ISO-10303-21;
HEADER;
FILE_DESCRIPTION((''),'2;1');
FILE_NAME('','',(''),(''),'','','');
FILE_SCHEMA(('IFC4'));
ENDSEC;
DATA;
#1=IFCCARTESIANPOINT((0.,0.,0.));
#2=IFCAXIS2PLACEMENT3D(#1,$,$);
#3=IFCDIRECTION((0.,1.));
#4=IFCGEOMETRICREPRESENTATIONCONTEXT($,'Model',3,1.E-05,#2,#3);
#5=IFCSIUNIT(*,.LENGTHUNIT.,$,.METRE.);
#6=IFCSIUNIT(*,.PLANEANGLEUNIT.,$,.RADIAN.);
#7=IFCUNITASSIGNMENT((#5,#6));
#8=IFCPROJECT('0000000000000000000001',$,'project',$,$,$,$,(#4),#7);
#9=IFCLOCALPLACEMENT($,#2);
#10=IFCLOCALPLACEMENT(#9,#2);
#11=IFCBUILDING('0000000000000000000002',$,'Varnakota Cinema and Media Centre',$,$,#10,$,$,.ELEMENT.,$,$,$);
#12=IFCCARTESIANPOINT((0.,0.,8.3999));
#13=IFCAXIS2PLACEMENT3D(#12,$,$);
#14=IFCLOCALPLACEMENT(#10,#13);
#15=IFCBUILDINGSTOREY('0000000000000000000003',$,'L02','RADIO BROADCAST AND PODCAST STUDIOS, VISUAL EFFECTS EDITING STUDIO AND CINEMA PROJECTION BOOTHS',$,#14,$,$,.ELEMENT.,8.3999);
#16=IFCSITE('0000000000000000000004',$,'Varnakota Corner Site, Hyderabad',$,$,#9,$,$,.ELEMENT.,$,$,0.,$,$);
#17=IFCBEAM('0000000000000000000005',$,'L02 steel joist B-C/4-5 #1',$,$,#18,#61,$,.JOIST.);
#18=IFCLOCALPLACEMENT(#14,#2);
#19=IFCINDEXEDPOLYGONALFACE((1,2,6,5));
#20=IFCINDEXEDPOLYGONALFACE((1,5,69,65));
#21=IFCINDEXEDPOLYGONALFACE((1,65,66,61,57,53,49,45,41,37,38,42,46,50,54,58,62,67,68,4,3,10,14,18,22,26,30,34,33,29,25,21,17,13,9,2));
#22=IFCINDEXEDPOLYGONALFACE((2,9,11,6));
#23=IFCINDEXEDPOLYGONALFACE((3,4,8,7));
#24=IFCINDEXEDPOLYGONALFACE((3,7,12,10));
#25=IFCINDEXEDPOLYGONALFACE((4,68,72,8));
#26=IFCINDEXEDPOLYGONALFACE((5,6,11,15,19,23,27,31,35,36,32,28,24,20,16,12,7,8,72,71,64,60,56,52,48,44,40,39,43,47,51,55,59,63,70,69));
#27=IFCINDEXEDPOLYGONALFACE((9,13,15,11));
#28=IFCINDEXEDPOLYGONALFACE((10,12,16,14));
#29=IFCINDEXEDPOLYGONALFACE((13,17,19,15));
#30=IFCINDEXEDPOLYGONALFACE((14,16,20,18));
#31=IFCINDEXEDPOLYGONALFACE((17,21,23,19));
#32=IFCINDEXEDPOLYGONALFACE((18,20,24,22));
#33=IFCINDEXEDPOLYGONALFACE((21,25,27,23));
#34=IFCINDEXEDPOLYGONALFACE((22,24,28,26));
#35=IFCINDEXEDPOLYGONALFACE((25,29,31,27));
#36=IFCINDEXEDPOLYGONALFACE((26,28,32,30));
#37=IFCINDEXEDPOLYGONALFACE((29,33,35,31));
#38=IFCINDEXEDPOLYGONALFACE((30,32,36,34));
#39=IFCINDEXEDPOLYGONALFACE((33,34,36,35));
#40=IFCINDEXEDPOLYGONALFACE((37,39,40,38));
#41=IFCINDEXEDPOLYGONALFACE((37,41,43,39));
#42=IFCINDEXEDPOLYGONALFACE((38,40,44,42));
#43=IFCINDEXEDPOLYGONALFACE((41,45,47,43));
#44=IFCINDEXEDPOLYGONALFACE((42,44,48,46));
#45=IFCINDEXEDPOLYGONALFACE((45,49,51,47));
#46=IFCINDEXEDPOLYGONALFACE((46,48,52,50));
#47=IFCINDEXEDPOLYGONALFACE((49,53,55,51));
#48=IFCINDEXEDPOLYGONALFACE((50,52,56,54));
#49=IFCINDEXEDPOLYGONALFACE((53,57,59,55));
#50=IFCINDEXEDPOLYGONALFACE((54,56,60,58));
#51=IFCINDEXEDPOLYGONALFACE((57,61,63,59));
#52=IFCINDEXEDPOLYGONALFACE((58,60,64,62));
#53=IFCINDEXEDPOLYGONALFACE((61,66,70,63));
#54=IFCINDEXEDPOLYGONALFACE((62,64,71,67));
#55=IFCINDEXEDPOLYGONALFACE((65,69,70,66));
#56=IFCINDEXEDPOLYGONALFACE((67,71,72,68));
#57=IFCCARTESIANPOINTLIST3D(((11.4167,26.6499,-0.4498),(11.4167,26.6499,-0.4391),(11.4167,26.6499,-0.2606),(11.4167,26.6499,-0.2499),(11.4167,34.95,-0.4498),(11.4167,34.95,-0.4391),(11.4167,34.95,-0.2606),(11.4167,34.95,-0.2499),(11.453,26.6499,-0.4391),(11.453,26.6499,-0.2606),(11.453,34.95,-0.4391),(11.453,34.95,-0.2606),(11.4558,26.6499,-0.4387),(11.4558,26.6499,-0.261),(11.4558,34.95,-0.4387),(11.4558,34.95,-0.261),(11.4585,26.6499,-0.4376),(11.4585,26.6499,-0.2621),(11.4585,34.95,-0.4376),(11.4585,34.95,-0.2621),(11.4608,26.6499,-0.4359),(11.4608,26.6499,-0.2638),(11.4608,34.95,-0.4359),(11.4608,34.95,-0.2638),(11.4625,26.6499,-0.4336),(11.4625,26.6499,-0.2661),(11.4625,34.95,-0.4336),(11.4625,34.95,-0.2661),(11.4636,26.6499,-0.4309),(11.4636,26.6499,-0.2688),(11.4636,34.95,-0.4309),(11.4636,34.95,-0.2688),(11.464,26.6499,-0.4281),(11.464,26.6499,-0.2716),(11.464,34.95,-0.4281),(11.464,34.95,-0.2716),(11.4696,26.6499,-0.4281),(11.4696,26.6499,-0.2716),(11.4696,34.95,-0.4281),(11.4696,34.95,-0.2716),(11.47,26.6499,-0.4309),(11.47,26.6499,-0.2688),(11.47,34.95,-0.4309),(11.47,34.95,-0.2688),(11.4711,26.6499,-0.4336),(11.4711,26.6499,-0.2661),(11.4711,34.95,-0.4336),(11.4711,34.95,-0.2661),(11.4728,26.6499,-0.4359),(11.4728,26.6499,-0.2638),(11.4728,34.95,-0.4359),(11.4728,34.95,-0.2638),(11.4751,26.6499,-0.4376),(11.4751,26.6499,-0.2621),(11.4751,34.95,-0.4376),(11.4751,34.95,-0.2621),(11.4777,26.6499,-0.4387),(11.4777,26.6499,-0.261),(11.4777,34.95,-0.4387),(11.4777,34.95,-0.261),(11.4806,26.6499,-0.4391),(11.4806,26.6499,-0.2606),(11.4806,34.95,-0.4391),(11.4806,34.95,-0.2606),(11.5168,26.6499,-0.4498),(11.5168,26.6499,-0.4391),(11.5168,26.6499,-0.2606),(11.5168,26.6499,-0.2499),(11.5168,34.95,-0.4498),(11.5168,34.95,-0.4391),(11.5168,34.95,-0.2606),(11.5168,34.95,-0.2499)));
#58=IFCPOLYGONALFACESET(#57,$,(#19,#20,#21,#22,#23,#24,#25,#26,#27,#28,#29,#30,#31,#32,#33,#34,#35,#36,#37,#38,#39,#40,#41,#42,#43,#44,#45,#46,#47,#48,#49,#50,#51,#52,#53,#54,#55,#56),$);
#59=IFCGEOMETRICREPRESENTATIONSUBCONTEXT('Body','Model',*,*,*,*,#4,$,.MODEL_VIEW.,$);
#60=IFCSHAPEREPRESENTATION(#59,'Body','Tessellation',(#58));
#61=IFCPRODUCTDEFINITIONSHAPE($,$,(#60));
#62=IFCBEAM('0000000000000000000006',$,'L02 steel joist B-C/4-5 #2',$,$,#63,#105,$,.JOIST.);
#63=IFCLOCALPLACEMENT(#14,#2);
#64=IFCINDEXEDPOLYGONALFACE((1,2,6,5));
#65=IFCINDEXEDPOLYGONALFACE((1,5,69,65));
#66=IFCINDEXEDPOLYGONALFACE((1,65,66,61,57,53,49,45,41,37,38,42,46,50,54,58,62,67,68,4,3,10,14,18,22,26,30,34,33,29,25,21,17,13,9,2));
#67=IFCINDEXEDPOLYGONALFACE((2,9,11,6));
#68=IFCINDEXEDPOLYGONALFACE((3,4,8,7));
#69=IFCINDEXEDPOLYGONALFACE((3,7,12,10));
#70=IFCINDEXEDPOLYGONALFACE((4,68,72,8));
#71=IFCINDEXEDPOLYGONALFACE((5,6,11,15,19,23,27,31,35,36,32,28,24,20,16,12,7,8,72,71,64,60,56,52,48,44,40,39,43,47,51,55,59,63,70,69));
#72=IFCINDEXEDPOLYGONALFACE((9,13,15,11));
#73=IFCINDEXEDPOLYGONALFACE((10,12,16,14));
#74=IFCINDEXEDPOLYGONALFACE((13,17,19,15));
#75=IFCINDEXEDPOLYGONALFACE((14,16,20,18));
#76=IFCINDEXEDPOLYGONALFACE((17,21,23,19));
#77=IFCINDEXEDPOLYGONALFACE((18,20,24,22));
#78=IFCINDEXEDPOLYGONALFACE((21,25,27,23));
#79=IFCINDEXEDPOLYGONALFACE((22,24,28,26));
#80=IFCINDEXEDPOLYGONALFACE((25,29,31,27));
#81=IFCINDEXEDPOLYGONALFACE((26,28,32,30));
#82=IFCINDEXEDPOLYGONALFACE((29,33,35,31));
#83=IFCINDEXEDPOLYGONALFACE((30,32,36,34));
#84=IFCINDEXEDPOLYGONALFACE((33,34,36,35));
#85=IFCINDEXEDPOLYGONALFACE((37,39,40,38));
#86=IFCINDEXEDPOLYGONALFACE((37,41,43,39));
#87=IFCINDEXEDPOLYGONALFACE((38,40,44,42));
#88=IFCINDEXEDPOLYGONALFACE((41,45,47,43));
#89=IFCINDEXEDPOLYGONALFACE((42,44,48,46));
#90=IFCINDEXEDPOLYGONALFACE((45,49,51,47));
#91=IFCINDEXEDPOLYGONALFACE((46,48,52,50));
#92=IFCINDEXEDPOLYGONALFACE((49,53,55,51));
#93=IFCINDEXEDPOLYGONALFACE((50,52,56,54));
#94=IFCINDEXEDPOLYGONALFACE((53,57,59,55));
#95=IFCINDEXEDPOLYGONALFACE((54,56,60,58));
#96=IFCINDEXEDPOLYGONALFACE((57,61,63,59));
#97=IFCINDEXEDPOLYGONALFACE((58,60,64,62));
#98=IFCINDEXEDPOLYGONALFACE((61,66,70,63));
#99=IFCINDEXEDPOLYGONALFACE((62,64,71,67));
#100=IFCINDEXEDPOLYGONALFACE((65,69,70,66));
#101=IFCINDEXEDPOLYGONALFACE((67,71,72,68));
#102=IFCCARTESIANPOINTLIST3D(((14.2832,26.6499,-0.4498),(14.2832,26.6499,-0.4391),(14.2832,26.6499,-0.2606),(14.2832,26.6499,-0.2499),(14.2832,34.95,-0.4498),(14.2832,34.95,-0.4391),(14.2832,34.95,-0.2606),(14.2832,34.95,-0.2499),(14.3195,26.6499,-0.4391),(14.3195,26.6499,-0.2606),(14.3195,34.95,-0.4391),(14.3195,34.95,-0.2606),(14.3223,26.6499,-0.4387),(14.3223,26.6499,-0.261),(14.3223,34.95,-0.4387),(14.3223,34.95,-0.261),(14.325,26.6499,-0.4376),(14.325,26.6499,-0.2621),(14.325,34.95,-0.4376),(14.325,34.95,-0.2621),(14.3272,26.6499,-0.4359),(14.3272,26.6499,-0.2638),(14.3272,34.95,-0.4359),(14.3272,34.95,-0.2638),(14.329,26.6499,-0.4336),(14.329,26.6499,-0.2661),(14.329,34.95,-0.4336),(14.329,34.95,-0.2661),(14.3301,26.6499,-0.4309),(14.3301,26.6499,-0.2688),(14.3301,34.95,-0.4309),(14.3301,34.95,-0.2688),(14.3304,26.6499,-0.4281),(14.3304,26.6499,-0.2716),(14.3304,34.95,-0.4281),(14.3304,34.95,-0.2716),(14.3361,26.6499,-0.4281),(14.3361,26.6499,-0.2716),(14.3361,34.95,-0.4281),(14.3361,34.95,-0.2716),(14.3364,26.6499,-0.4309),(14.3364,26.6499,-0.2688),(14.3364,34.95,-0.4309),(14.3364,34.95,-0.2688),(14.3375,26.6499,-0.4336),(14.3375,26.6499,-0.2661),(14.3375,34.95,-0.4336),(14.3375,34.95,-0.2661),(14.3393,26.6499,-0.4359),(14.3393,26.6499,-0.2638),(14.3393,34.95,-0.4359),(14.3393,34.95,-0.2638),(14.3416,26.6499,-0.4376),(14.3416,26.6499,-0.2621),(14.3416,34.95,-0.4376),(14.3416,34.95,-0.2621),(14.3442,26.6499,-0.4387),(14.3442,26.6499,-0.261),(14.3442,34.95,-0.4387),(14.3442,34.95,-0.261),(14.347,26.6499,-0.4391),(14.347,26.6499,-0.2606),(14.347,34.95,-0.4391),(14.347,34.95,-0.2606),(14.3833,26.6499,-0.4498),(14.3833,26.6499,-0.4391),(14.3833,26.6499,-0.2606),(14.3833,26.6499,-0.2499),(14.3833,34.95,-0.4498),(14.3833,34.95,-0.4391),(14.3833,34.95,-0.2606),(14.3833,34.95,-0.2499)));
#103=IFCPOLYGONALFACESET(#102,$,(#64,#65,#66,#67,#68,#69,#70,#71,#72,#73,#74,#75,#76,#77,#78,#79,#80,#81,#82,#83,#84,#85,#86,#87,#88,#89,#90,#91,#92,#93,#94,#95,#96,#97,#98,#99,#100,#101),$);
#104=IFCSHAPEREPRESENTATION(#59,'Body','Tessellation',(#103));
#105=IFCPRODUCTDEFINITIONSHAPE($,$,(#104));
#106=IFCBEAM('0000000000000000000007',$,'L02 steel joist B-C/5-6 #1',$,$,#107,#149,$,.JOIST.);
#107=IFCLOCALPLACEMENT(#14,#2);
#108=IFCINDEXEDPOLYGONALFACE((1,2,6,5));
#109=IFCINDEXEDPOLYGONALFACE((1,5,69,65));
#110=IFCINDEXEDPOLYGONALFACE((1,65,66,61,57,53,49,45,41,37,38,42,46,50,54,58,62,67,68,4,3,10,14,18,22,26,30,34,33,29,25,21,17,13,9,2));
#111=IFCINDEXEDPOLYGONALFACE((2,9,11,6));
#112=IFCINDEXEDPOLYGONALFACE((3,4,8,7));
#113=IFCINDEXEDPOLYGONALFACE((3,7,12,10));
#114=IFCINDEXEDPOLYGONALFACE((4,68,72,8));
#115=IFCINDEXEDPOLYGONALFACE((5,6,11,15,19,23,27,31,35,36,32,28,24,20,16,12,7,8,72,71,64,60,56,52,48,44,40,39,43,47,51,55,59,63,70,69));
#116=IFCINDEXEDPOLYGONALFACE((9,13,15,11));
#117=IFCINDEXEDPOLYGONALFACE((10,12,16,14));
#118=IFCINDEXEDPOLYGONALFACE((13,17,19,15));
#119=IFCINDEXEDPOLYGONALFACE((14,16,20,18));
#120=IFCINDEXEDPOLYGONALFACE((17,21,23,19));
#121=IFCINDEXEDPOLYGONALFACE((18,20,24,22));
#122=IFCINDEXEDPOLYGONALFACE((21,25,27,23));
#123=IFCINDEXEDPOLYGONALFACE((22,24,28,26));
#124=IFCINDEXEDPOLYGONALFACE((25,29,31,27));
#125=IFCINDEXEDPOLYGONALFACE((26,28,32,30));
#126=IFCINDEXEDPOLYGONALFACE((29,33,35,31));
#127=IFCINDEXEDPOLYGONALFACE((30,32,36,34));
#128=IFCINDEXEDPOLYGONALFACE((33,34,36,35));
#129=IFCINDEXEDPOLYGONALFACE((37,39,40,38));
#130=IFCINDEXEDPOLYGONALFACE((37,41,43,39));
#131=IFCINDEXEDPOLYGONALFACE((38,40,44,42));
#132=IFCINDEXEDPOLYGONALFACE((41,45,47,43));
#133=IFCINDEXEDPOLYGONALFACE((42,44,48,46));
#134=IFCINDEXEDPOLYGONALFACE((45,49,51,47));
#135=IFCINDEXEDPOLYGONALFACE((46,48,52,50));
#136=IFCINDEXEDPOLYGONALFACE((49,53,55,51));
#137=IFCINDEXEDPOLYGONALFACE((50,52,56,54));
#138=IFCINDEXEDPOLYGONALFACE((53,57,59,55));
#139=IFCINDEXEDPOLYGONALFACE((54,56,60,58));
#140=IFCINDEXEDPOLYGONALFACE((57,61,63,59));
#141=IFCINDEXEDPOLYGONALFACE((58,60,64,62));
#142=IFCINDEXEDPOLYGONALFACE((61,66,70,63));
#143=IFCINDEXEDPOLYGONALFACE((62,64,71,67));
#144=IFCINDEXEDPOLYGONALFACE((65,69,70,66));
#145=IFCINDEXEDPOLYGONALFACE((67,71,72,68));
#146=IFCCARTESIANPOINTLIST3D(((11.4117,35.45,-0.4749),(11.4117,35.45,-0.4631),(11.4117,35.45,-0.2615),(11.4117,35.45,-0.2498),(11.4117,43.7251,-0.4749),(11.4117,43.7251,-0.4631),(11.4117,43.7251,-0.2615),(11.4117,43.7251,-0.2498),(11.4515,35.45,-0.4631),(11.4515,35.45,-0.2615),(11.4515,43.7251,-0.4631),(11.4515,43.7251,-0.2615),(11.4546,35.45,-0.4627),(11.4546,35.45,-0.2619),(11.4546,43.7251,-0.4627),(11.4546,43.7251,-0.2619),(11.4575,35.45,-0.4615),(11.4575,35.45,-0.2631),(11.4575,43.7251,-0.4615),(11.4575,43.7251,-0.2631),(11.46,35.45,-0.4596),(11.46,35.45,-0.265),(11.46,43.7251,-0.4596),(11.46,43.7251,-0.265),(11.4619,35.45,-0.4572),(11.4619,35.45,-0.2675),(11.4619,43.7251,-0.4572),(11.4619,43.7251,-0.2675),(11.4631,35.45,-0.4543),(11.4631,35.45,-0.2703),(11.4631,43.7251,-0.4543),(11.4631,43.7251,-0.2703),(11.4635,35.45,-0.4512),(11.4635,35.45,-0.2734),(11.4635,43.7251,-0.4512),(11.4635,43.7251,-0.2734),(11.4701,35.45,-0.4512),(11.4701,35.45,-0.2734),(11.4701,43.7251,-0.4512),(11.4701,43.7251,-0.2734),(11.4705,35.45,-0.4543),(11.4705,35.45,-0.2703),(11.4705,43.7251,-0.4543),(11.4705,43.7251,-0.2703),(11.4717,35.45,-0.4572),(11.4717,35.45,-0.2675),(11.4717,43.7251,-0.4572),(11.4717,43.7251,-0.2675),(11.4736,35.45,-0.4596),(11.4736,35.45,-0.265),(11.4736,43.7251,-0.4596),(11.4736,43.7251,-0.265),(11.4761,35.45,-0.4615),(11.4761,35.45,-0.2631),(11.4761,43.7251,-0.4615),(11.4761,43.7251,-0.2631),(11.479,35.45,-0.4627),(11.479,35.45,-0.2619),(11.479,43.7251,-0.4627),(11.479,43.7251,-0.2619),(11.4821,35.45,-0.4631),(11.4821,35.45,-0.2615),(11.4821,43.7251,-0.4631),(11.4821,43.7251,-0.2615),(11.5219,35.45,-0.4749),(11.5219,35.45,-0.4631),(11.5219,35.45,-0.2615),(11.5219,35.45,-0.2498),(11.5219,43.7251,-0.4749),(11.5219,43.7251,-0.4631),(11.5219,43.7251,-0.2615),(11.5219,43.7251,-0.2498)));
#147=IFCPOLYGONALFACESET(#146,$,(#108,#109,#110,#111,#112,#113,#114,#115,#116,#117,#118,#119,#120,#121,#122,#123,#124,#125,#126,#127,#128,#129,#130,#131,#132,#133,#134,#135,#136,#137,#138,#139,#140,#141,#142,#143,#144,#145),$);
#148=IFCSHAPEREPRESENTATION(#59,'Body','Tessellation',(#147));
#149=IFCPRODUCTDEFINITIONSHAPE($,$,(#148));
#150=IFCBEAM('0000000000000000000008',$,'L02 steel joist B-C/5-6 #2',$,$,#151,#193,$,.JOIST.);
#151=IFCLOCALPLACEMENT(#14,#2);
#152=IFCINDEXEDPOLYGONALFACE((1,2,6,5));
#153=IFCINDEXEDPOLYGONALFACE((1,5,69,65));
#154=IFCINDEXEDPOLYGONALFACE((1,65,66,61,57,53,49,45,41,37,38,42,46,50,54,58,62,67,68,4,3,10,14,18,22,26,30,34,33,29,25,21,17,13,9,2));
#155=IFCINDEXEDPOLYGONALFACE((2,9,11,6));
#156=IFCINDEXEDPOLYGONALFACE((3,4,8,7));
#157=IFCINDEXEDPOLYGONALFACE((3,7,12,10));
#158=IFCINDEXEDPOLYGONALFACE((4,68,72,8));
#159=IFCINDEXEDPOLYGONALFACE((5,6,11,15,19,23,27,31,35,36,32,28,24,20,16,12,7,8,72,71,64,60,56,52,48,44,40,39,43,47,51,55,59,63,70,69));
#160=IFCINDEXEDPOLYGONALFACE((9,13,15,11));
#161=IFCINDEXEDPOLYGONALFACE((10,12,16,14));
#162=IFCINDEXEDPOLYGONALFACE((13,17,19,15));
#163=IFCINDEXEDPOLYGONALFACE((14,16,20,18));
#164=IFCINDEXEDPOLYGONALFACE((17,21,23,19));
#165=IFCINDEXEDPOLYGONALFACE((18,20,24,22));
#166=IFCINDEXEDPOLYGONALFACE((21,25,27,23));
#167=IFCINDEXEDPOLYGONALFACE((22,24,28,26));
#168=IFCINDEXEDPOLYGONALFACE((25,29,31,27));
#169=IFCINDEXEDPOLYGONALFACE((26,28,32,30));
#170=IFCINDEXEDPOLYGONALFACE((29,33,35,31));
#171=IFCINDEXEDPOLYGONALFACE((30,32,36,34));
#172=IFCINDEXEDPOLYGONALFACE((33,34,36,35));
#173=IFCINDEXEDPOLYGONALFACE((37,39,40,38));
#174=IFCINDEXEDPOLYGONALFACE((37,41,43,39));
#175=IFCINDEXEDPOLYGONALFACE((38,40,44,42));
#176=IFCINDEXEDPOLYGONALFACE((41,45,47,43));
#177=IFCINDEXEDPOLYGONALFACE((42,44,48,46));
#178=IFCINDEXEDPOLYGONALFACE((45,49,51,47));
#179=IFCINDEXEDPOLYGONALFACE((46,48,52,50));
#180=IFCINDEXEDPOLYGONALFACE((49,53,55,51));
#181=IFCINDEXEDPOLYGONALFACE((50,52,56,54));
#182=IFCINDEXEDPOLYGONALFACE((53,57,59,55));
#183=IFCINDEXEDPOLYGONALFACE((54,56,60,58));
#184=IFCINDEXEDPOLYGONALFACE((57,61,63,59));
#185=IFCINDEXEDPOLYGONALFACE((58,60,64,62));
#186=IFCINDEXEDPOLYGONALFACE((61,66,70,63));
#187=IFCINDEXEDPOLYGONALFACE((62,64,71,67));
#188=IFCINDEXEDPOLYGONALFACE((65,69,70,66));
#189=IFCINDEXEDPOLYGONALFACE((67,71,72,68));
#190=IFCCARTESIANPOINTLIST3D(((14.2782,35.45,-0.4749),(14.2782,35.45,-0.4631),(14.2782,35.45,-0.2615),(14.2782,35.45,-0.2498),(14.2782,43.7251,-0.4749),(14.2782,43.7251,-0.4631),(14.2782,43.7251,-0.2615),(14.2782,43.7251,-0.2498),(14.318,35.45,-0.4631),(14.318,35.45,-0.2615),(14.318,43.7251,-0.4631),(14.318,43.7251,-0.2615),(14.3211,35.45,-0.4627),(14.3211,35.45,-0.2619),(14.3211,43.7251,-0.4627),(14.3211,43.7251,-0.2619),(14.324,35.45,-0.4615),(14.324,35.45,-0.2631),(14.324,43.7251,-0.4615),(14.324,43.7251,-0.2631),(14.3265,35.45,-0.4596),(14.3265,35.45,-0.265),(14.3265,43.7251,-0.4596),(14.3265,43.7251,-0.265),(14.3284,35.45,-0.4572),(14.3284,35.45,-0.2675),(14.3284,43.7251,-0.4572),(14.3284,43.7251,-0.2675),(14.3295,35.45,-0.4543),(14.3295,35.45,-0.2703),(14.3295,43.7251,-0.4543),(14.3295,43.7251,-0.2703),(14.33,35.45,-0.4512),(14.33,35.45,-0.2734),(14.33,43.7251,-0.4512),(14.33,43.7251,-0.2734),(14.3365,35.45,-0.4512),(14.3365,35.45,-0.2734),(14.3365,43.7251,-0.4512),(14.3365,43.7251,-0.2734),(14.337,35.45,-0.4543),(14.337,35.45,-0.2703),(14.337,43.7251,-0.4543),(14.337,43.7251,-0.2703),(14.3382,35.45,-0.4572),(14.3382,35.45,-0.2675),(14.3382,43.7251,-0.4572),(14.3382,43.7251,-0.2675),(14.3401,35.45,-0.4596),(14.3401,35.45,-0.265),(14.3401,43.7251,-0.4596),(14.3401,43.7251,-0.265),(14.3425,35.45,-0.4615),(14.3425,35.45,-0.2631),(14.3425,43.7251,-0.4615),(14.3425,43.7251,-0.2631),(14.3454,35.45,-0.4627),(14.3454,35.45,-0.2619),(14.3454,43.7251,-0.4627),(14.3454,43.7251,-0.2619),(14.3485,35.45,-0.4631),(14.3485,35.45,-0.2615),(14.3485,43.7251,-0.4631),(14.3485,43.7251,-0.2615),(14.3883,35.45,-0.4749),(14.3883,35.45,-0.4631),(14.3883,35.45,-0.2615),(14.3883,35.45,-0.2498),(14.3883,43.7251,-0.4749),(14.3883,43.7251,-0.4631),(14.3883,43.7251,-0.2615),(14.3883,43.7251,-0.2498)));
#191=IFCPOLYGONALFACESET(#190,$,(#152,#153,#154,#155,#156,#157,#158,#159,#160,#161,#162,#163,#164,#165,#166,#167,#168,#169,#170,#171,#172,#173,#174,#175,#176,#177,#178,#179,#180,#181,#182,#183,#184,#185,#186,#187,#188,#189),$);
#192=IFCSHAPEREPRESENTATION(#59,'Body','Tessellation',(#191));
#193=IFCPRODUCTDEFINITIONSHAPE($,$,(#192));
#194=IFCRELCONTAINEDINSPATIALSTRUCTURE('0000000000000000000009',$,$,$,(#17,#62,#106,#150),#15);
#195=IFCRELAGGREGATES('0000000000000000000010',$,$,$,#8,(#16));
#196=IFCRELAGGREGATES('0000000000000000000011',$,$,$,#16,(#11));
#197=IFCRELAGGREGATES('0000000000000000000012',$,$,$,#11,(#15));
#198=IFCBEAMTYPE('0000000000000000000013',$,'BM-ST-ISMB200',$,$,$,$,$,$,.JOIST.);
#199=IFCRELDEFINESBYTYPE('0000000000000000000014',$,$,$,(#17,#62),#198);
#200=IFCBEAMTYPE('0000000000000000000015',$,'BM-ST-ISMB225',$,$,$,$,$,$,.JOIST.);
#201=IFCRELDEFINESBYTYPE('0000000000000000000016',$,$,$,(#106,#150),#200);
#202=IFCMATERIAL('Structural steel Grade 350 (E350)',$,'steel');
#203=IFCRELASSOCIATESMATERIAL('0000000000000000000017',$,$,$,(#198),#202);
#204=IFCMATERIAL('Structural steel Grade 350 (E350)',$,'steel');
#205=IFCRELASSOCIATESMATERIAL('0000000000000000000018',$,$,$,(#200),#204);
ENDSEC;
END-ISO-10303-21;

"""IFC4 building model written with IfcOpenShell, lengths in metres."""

from ifc_helpers import new_model, si_unit, direction, frame, origin, origin_2d, place, context, subcontext, project, spatial, i_section, extrude, material, material_profile, profile_set, type_object, element, save


model = new_model("IFC4")

# Units and contexts
model_context = context("Model", 3, precision=1e-05, world=origin(), true_north=direction((0.0, 1.0)))
body_context = subcontext(model_context, "Body", "Model", "MODEL_VIEW")
ifc_project = project(units=[si_unit("LENGTHUNIT", "METRE"), si_unit("PLANEANGLEUNIT", "RADIAN")], contexts=[model_context])

# Site, building, storey
site_placement = place(None, origin())
site = spatial("IfcSite", under=ifc_project, at=site_placement, Name="Varnakota Corner Site, Hyderabad", CompositionType="ELEMENT", RefElevation=0.0)
building_placement = place(site_placement, origin())
building = spatial("IfcBuilding", under=site, at=building_placement, Name="Varnakota Cinema and Media Centre", CompositionType="ELEMENT")
storey_placement = place(building_placement, frame((0.0, 0.0, 8.3999)))
storey = spatial("IfcBuildingStorey", under=building, at=storey_placement, Name="L02", Description="RADIO BROADCAST AND PODCAST STUDIOS, VISUAL EFFECTS EDITING STUDIO AND CINEMA PROJECTION BOOTHS", CompositionType="ELEMENT", Elevation=8.3999)

# Beams
ifc_material_1 = material(Name="Structural steel Grade 350 (E350)", Category="steel")
ifc_material_profile_1 = material_profile(ifc_material_1, i_section(OverallWidth=0.1001, OverallDepth=0.2, WebThickness=0.0056, FlangeThickness=0.0107, FilletRadius=0.011, at=origin_2d()), Name="ISMB 200")
ifc_profile_set_1 = profile_set([ifc_material_profile_1], Name="Structural steel Grade 350 (E350)")
beam_type_1 = type_object("IfcBeamType", Name="BM-ST-ISMB200", PredefinedType="JOIST", material=ifc_profile_set_1)
for number, where, z_axis, x_axis, name in (
    (1, (11.4668, 26.6499, -0.3499), (0.0, 1.0, 0.0), (-1.0, 0.0, 0.0), "L02 steel joist B-C/4-5 #1"),
    (2, (14.3333, 26.6499, -0.3499), (0.0, 1.0, 0.0), (-1.0, 0.0, 0.0), "L02 steel joist B-C/4-5 #2"),
):
    element("IfcBeam", number, at=place(storey_placement, frame(where, z_axis=z_axis, x_axis=x_axis)), inside=storey, type_object=beam_type_1, Name=name, PredefinedType="JOIST", context=body_context, shape_type="SweptSolid", body=[
        extrude(i_section(OverallWidth=0.1001, OverallDepth=0.2, WebThickness=0.0056, FlangeThickness=0.0107, FilletRadius=0.011, at=origin_2d()), origin(), (0.0, 0.0, 1.0), 8.3),
    ])
ifc_material_2 = material(Name="Structural steel Grade 350 (E350)", Category="steel")
ifc_material_profile_2 = material_profile(ifc_material_2, i_section(OverallWidth=0.1101, OverallDepth=0.2251, WebThickness=0.0066, FlangeThickness=0.0117, FilletRadius=0.012, at=origin_2d()), Name="ISMB 225")
ifc_profile_set_2 = profile_set([ifc_material_profile_2], Name="Structural steel Grade 350 (E350)")
beam_type_2 = type_object("IfcBeamType", Name="BM-ST-ISMB225", PredefinedType="JOIST", material=ifc_profile_set_2)
for number, where, z_axis, x_axis, name in (
    (3, (11.4668, 35.45, -0.3623), (0.0, 1.0, 0.0), (-1.0, 0.0, 0.0), "L02 steel joist B-C/5-6 #1"),
    (4, (14.3333, 35.45, -0.3623), (0.0, 1.0, 0.0), (-1.0, 0.0, 0.0), "L02 steel joist B-C/5-6 #2"),
):
    element("IfcBeam", number, at=place(storey_placement, frame(where, z_axis=z_axis, x_axis=x_axis)), inside=storey, type_object=beam_type_2, Name=name, PredefinedType="JOIST", context=body_context, shape_type="SweptSolid", body=[
        extrude(i_section(OverallWidth=0.1101, OverallDepth=0.2251, WebThickness=0.0066, FlangeThickness=0.0117, FilletRadius=0.012, at=origin_2d()), origin(), (0.0, 0.0, 1.0), 8.2751),
    ])

save(model, "model.ifc")
